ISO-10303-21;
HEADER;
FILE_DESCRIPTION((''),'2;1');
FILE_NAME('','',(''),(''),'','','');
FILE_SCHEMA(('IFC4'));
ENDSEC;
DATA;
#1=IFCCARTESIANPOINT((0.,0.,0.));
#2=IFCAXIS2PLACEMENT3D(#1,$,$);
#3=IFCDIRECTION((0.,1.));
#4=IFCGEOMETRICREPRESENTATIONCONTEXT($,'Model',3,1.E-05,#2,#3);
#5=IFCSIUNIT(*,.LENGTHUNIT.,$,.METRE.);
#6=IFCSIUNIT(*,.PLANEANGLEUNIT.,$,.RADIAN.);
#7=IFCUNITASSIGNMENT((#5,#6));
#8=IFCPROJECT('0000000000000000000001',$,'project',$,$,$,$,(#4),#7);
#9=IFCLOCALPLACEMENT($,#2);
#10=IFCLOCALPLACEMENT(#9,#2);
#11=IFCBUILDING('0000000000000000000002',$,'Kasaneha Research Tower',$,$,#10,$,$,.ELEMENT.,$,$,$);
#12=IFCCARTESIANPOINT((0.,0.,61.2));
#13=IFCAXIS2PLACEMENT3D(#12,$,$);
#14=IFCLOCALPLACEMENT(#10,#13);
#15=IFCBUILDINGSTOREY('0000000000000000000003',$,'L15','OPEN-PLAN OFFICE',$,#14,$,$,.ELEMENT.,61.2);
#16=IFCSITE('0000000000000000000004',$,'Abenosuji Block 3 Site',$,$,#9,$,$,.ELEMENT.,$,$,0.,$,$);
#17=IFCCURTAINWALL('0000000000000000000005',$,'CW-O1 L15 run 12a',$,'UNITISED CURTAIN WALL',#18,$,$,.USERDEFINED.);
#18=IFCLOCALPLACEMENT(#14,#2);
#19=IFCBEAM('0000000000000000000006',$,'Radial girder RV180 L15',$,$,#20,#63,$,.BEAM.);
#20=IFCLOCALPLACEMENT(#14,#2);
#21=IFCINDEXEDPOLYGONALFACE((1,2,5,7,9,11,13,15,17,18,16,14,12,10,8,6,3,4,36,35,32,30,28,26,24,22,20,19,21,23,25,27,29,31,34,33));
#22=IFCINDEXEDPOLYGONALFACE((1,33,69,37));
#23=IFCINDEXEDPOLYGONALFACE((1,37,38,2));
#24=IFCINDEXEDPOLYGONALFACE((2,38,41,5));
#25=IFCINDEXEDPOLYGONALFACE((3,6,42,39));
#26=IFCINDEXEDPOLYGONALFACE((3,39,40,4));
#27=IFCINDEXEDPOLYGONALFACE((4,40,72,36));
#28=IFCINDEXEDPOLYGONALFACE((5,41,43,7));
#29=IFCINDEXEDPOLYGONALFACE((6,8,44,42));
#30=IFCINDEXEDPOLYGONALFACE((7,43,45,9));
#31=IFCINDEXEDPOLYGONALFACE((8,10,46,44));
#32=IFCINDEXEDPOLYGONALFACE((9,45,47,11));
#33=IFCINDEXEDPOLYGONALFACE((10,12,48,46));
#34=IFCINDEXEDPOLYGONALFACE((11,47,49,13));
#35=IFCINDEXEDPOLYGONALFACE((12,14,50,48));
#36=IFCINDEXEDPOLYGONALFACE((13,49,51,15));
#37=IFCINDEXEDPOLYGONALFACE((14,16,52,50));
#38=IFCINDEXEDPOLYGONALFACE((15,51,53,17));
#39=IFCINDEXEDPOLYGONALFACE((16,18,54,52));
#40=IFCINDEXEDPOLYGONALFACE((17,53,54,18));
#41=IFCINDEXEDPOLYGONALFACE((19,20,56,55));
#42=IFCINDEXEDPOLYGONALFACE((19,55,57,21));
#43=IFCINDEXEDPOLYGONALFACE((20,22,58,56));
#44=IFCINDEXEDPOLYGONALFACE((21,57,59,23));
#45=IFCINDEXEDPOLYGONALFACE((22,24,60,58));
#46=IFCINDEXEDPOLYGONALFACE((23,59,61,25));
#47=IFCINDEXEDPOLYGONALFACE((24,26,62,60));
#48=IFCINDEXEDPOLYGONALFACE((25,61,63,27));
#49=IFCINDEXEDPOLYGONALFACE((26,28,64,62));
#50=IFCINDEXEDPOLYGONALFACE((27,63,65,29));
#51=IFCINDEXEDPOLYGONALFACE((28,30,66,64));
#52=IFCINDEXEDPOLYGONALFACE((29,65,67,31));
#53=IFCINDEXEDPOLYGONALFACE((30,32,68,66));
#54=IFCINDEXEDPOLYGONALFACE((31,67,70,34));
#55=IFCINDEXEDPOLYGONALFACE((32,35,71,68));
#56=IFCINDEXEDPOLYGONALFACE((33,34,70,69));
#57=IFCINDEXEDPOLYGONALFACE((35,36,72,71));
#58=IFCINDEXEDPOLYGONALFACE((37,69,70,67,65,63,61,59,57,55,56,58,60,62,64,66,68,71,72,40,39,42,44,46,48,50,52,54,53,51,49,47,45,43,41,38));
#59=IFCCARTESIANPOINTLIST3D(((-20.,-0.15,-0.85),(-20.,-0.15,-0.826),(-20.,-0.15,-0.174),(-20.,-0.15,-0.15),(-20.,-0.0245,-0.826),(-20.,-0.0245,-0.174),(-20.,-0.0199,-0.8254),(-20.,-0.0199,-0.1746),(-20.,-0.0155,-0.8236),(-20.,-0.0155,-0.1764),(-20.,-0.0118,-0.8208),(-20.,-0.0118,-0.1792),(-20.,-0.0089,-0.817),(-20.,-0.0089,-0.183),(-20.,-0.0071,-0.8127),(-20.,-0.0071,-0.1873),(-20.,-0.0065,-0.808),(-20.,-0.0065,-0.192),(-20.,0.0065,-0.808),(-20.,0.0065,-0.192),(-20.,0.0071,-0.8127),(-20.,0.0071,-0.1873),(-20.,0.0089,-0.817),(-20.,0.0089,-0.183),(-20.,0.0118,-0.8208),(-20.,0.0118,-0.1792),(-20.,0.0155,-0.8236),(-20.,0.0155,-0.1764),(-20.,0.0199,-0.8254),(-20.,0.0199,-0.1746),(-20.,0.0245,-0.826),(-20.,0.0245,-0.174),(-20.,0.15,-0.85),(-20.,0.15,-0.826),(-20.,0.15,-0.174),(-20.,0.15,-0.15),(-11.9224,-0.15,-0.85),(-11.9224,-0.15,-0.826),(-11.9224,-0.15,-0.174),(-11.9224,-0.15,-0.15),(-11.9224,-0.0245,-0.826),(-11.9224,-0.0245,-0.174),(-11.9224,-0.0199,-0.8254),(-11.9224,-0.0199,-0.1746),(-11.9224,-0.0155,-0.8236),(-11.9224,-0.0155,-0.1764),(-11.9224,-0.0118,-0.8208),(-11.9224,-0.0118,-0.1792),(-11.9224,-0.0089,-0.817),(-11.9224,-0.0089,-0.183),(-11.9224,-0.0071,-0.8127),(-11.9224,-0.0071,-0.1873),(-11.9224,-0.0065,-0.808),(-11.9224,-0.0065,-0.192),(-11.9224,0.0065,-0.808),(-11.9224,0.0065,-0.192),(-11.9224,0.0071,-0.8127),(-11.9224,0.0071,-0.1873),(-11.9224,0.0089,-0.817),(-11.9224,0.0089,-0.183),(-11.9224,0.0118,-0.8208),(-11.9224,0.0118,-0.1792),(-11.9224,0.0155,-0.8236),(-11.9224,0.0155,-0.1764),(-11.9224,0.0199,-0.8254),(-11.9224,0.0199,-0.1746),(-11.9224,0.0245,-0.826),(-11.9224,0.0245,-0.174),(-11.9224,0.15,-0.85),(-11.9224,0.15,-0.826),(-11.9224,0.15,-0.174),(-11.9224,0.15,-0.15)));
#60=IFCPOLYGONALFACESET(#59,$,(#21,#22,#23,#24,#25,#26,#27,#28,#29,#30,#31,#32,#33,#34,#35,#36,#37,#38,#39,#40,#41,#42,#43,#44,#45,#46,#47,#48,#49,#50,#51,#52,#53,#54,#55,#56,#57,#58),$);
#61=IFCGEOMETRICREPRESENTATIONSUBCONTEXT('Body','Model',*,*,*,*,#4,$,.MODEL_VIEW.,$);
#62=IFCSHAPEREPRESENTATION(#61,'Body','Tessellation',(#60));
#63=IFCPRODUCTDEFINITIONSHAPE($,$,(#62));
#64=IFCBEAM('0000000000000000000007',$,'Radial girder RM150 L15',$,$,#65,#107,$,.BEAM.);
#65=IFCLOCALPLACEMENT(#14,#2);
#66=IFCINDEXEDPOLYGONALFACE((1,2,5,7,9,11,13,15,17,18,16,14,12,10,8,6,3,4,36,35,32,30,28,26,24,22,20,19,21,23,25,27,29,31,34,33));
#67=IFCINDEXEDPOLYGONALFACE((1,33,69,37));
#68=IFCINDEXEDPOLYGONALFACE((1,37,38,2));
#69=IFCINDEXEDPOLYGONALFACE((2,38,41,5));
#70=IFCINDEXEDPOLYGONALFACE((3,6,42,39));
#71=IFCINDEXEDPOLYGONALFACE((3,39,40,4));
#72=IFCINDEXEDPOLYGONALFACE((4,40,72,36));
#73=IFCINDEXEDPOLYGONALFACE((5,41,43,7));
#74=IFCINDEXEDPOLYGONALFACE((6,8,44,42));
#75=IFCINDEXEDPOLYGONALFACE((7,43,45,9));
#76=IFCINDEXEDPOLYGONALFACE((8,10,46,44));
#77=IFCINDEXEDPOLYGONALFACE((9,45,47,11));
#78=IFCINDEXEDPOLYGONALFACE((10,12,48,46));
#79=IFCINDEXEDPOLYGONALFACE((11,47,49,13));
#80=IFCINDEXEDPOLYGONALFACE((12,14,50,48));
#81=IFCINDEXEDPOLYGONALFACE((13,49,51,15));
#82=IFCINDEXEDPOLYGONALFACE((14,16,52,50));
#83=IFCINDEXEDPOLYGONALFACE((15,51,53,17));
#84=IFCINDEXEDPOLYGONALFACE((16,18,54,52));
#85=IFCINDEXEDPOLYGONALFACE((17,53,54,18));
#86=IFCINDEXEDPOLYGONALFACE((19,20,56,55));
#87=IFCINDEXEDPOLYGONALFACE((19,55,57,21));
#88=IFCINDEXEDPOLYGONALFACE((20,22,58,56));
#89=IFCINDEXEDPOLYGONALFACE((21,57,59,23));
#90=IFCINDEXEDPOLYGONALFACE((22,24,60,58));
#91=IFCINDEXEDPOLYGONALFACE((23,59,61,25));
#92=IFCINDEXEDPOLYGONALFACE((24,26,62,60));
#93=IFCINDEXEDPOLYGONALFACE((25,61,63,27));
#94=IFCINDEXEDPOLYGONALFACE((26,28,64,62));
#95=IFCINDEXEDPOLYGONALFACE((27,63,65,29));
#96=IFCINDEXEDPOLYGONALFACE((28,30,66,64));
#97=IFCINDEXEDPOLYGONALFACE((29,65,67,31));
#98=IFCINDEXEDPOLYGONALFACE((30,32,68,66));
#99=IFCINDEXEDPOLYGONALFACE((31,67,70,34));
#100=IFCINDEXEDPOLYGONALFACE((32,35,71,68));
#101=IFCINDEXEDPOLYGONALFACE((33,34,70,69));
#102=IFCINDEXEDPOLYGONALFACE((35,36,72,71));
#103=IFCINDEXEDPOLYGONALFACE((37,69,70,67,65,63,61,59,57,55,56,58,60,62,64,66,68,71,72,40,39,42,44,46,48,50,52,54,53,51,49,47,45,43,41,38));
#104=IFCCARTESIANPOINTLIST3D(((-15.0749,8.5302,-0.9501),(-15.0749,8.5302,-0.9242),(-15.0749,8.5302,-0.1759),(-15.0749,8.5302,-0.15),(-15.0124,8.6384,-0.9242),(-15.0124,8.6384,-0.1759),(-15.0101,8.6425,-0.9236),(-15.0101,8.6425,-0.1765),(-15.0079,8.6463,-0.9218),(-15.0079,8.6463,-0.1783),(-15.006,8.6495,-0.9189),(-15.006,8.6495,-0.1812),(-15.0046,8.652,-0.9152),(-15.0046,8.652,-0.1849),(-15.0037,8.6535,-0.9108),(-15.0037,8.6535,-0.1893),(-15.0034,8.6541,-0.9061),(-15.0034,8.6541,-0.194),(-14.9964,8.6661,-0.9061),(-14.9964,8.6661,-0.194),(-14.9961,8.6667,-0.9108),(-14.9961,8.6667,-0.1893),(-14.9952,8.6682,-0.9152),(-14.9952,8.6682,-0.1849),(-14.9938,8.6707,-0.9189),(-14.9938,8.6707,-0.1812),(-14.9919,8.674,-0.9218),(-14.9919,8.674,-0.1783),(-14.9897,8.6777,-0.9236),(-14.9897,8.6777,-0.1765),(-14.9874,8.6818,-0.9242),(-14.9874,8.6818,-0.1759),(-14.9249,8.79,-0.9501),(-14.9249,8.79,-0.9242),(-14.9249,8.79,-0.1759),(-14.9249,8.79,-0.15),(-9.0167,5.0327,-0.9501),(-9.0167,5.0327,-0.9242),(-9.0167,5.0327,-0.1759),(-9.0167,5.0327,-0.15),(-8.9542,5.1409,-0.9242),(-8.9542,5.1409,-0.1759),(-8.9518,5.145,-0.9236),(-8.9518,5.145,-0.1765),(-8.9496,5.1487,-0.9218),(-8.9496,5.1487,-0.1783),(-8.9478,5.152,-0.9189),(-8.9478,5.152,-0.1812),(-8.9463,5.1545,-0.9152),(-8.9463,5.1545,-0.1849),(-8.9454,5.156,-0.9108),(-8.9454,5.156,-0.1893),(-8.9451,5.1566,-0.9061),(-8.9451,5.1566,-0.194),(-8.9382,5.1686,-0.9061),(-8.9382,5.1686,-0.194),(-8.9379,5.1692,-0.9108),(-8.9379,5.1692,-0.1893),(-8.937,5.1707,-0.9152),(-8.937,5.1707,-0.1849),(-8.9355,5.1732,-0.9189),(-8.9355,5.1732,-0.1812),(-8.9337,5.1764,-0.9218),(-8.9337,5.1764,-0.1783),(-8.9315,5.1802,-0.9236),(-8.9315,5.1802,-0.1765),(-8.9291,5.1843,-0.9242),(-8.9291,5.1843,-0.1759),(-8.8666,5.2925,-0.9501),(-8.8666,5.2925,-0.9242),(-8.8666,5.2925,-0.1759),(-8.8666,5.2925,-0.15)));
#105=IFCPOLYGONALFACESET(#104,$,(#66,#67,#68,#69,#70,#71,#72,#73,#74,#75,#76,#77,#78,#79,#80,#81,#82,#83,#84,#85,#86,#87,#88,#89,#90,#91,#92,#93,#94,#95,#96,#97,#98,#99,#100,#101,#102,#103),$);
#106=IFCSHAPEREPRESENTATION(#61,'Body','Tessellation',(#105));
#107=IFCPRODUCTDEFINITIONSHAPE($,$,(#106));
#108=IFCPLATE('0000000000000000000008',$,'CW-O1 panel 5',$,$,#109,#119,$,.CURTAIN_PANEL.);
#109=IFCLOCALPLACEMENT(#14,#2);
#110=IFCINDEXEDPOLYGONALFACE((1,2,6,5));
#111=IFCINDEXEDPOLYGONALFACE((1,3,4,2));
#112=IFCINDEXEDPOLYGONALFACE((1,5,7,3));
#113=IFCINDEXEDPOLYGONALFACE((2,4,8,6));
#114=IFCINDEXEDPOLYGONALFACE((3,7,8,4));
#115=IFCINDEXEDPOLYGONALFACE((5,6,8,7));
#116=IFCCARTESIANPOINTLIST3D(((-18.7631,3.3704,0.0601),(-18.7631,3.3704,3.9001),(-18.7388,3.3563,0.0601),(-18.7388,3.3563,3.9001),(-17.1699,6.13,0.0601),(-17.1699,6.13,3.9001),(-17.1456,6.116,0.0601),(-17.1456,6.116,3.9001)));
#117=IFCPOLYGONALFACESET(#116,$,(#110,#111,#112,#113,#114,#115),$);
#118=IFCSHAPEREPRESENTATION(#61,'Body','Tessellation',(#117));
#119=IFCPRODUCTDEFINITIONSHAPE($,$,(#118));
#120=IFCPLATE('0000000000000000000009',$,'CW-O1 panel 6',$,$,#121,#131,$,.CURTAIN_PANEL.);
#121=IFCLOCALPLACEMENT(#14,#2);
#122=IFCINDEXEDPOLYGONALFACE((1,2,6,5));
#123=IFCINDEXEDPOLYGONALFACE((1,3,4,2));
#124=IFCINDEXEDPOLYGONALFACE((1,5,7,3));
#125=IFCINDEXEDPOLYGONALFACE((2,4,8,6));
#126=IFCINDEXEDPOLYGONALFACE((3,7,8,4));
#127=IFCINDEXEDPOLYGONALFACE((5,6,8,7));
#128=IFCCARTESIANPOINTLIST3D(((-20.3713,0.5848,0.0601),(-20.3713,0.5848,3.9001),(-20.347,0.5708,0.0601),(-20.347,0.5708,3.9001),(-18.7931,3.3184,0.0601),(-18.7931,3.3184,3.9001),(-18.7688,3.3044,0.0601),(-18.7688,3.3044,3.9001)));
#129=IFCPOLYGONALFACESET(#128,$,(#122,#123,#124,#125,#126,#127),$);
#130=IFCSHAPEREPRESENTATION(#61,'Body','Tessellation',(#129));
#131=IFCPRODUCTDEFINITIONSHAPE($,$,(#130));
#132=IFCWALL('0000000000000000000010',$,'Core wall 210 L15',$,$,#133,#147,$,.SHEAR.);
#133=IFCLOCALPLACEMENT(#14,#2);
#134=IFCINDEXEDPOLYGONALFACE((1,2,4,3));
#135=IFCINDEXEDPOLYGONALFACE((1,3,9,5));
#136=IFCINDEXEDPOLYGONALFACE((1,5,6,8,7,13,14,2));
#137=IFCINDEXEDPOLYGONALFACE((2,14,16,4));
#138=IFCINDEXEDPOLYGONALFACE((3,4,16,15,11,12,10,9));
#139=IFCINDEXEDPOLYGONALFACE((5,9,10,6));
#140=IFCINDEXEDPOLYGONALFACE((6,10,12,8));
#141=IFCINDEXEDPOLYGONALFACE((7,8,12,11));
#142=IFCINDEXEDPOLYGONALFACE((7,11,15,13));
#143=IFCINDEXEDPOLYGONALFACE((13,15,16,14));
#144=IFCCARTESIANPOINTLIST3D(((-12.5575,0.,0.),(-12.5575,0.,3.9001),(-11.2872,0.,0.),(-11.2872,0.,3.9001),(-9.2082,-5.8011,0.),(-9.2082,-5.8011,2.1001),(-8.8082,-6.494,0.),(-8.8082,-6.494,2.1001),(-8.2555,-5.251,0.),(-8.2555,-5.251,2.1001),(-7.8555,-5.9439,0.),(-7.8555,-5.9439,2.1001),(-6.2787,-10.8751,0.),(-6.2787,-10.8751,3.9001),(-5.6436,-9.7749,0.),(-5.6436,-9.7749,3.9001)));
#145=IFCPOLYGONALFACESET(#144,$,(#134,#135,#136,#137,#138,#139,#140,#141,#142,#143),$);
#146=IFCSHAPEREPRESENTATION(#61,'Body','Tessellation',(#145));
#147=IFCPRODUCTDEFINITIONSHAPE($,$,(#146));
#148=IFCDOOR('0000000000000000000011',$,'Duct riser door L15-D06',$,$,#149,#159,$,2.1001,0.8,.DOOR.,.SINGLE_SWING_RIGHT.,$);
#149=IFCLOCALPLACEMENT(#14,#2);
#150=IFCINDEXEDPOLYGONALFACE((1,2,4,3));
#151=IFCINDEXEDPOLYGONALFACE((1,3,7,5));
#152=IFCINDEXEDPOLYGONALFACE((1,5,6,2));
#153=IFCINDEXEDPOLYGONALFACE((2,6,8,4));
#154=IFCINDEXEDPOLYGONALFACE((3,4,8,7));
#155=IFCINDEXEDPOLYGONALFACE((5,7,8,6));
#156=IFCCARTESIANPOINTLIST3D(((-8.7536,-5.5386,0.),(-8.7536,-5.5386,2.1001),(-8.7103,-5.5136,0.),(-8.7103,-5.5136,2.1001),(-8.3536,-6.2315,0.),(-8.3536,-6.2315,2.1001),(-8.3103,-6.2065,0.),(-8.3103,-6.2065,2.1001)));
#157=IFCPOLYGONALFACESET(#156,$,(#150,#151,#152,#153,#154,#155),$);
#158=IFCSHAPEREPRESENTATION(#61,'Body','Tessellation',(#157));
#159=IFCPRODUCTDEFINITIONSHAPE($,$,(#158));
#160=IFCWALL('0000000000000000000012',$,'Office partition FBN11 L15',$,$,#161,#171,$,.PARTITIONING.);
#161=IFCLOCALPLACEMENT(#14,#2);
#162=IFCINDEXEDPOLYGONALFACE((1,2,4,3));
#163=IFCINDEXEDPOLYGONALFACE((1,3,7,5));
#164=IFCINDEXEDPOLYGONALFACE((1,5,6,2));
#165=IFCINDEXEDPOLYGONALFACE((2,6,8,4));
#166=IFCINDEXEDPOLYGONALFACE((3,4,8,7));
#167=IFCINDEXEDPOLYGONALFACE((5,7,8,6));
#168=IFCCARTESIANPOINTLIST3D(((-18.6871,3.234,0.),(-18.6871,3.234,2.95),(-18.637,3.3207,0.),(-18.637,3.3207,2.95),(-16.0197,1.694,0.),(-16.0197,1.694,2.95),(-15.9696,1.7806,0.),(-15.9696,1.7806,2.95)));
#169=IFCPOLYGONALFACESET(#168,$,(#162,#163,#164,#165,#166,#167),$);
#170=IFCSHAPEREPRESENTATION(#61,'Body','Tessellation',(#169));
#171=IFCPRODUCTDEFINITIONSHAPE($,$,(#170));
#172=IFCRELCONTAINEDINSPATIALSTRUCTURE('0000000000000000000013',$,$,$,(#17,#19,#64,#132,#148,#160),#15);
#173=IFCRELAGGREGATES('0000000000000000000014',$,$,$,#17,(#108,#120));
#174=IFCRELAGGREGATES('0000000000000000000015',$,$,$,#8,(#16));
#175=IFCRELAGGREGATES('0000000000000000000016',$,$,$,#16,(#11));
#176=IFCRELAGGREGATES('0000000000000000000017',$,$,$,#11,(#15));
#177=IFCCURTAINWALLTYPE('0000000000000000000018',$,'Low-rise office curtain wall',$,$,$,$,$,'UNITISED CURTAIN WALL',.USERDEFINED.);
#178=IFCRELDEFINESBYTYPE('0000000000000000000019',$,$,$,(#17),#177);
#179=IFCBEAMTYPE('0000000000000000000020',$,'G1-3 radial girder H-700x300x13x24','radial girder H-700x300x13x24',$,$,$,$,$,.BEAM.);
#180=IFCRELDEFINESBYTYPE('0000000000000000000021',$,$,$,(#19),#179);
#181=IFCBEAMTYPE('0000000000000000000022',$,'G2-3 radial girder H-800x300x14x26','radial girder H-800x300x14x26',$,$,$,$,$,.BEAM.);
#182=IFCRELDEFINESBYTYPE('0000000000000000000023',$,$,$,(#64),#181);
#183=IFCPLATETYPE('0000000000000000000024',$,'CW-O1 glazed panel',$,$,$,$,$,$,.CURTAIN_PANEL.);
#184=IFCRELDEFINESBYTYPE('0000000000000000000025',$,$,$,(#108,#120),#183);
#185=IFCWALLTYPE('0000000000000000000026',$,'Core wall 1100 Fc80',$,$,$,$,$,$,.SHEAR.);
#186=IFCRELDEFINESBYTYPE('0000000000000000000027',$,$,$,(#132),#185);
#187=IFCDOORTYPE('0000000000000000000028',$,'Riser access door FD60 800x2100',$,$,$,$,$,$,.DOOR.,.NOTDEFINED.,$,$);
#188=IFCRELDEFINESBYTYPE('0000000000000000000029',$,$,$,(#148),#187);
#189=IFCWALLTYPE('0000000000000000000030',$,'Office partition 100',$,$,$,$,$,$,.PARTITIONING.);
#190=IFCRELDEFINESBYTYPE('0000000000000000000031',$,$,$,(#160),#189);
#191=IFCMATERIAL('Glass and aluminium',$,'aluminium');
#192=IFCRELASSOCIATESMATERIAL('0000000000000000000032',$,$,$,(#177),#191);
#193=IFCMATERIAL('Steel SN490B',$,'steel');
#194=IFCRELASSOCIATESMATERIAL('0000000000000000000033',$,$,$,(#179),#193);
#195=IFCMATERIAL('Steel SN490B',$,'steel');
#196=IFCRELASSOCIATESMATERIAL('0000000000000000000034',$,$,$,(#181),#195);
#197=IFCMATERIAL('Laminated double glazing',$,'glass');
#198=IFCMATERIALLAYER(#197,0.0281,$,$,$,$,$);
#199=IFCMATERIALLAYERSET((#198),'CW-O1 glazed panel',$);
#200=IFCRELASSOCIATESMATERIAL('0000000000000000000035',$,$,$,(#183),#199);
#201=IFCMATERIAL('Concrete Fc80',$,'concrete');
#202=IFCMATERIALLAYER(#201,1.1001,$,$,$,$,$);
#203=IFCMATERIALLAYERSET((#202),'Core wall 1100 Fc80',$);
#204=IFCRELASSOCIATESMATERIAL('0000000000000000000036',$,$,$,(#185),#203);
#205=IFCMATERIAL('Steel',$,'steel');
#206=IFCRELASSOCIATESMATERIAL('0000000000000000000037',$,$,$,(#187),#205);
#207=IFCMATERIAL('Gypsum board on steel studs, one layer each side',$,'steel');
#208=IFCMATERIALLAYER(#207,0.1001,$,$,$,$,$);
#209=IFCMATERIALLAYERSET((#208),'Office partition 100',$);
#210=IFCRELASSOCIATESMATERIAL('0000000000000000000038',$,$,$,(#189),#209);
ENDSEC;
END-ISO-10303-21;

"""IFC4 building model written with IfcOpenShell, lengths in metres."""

from ifc_helpers import new_model, si_unit, direction, frame, frame_2d, origin, origin_2d, place, context, subcontext, project, spatial, polyline, rectangle, i_section, outline, extrude, material, layer, layer_set, material_profile, profile_set, type_object, element, fill, aggregate, save


model = new_model("IFC4")

# Units and contexts
model_context = context("Model", 3, precision=1e-05, world=origin(), true_north=direction((0.0, 1.0)))
body_context = subcontext(model_context, "Body", "Model", "MODEL_VIEW")
ifc_project = project(units=[si_unit("LENGTHUNIT", "METRE"), si_unit("PLANEANGLEUNIT", "RADIAN")], contexts=[model_context])

# Site, building, storey
site_placement = place(None, origin())
site = spatial("IfcSite", under=ifc_project, at=site_placement, Name="Abenosuji Block 3 Site", CompositionType="ELEMENT", RefElevation=0.0)
building_placement = place(site_placement, origin())
building = spatial("IfcBuilding", under=site, at=building_placement, Name="Kasaneha Research Tower", CompositionType="ELEMENT")
storey_placement = place(building_placement, frame((0.0, 0.0, 61.2)))
storey = spatial("IfcBuildingStorey", under=building, at=storey_placement, Name="L15", Description="OPEN-PLAN OFFICE", CompositionType="ELEMENT", Elevation=61.2)

# Curtain wall
ifc_material_1 = material(Name="Glass and aluminium", Category="aluminium")
curtain_wall_type = type_object("IfcCurtainWallType", Name="Low-rise office curtain wall", ElementType="UNITISED CURTAIN WALL", PredefinedType="USERDEFINED", material=ifc_material_1)
curtain_wall_1_placement = place(storey_placement, origin())
curtain_wall_1 = element("IfcCurtainWall", 1, at=curtain_wall_1_placement, inside=storey, type_object=curtain_wall_type, Name="CW-O1 L15 run 12a", ObjectType="UNITISED CURTAIN WALL", PredefinedType="USERDEFINED")

# Beams
ifc_material_2 = material(Name="Steel SN490B", Category="steel")
ifc_material_profile_1 = material_profile(ifc_material_2, i_section(OverallWidth=0.3, OverallDepth=0.7, WebThickness=0.0129, FlangeThickness=0.0239, FilletRadius=0.0181, at=origin_2d()), Name="H-700x300x13x24")
ifc_profile_set_1 = profile_set([ifc_material_profile_1], Name="Steel SN490B")
beam_type_1 = type_object("IfcBeamType", Name="G1-3 radial girder H-700x300x13x24", Description="radial girder H-700x300x13x24", PredefinedType="BEAM", material=ifc_profile_set_1)
beam_1_placement = place(storey_placement, frame((-11.9224, 0.0, -0.5), z_axis=(-1.0, 0.0, 0.0), x_axis=(0.0, -1.0, 0.0)))
element("IfcBeam", 2, at=beam_1_placement, inside=storey, type_object=beam_type_1, Name="Radial girder RV180 L15", PredefinedType="BEAM", context=body_context, shape_type="SweptSolid", body=[
    extrude(i_section(OverallWidth=0.3, OverallDepth=0.7, WebThickness=0.0129, FlangeThickness=0.0239, FilletRadius=0.0181, at=origin_2d()), origin(), (0.0, 0.0, 1.0), 8.0776),
])
ifc_material_3 = material(Name="Steel SN490B", Category="steel")
ifc_material_profile_2 = material_profile(ifc_material_3, i_section(OverallWidth=0.3, OverallDepth=0.8, WebThickness=0.0139, FlangeThickness=0.0259, FilletRadius=0.0181, at=origin_2d()), Name="H-800x300x14x26")
ifc_profile_set_2 = profile_set([ifc_material_profile_2], Name="Steel SN490B")
beam_type_2 = type_object("IfcBeamType", Name="G2-3 radial girder H-800x300x14x26", Description="radial girder H-800x300x14x26", PredefinedType="BEAM", material=ifc_profile_set_2)
beam_2_placement = place(storey_placement, frame((-8.9417, 5.1626, -0.55), z_axis=(-0.86604, 0.499975, 0.0), x_axis=(-0.499975, -0.86604, 0.0)))
element("IfcBeam", 3, at=beam_2_placement, inside=storey, type_object=beam_type_2, Name="Radial girder RM150 L15", PredefinedType="BEAM", context=body_context, shape_type="SweptSolid", body=[
    extrude(i_section(OverallWidth=0.3, OverallDepth=0.8, WebThickness=0.0139, FlangeThickness=0.0259, FilletRadius=0.0181, at=origin_2d()), origin(), (0.0, 0.0, 1.0), 6.9954),
])

# Plates
ifc_material_4 = material(Name="Laminated double glazing", Category="glass")
ifc_layer_1 = layer(ifc_material_4, 0.0281)
ifc_layer_set_1 = layer_set([ifc_layer_1], Name="CW-O1 glazed panel")
plate_type = type_object("IfcPlateType", Name="CW-O1 glazed panel", PredefinedType="CURTAIN_PANEL", material=ifc_layer_set_1)
plate_1_placement = place(storey_placement, frame((-17.9543, 4.7432, 0.0601), z_axis=(0.0, 0.0, 1.0), x_axis=(-0.5, -0.866025, 0.0)))
plate_1 = element("IfcPlate", 4, at=plate_1_placement, type_object=plate_type, Name="CW-O1 panel 5", PredefinedType="CURTAIN_PANEL", context=body_context, shape_type="SweptSolid", body=[
    extrude(rectangle(XDim=3.1865, YDim=0.0281, at=origin_2d()), origin(), (0.0, 0.0, 1.0), 3.8401),
])
plate_2_placement = place(storey_placement, frame((-19.5701, 1.9446, 0.0601), z_axis=(0.0, 0.0, 1.0), x_axis=(-0.5, -0.866025, 0.0)))
plate_2 = element("IfcPlate", 5, at=plate_2_placement, type_object=plate_type, Name="CW-O1 panel 6", PredefinedType="CURTAIN_PANEL", context=body_context, shape_type="SweptSolid", body=[
    extrude(rectangle(XDim=3.1565, YDim=0.0281, at=origin_2d()), origin(), (0.0, 0.0, 1.0), 3.8401),
])
aggregate(curtain_wall_1, [plate_1, plate_2])

# Wall, opening, door
ifc_material_5 = material(Name="Concrete Fc80", Category="concrete")
ifc_layer_2 = layer(ifc_material_5, 1.1001)
ifc_layer_set_2 = layer_set([ifc_layer_2], Name="Core wall 1100 Fc80")
wall_type_1 = type_object("IfcWallType", Name="Core wall 1100 Fc80", PredefinedType="SHEAR", material=ifc_layer_set_2)
wall_1_placement = place(storey_placement, frame((-11.9224, 0.0, 0.0), z_axis=(0.0, 0.0, 1.0), x_axis=(0.500004, -0.866023, 0.0)))
wall_1 = element("IfcWall", 6, at=wall_1_placement, inside=storey, type_object=wall_type_1, Name="Core wall 210 L15", PredefinedType="SHEAR", context=body_context, shape_type="SweptSolid", body=[
    extrude(outline(polyline([(-0.3176, -0.55), (6.3811, -0.55), (7.1812, -0.55), (12.24, -0.55), (11.6047, 0.55), (7.1812, 0.55), (6.3811, 0.55), (0.3176, 0.55), (-0.3176, -0.55)])), origin(), (0.0, 0.0, 1.0), 3.9001),
])
opening_1_placement = place(wall_1_placement, frame((6.3811, 0.0, 0.0)))
opening_1 = element("IfcOpeningElement", 7, at=opening_1_placement, cuts=wall_1, PredefinedType="OPENING", context=body_context, shape_type="SweptSolid", body=[
    extrude(rectangle(XDim=0.8, YDim=2.1001, at=frame_2d((0.3999, 1.05))), frame((0.0, 0.5601, 0.0), z_axis=(0.0, -1.0, 0.0), x_axis=(1.0, 0.0, 0.0)), (0.0, 0.0, 1.0), 1.1201),
])
ifc_material_6 = material(Name="Steel", Category="steel")
door_type_1 = type_object("IfcDoorType", Name="Riser access door FD60 800x2100", OperationType="NOTDEFINED", PredefinedType="DOOR", material=ifc_material_6)
door_1_placement = place(opening_1_placement, origin())
door_1 = element("IfcDoor", 8, at=door_1_placement, inside=storey, type_object=door_type_1, Name="Duct riser door L15-D06", OperationType="SINGLE_SWING_RIGHT", OverallHeight=2.1001, OverallWidth=0.8, PredefinedType="DOOR", context=body_context, shape_type="SweptSolid", body=[
    extrude(rectangle(XDim=0.8, YDim=2.1001, at=frame_2d((0.3999, 1.05))), frame((0.0, 0.0249, 0.0), z_axis=(0.0, -1.0, 0.0), x_axis=(1.0, 0.0, 0.0)), (0.0, 0.0, 1.0), 0.05),
])
fill(opening_1, door_1)

# Wall
ifc_material_7 = material(Name="Gypsum board on steel studs, one layer each side", Category="steel")
ifc_layer_3 = layer(ifc_material_7, 0.1001)
ifc_layer_set_3 = layer_set([ifc_layer_3], Name="Office partition 100")
wall_type_2 = type_object("IfcWallType", Name="Office partition 100", PredefinedType="PARTITIONING", material=ifc_layer_set_3)
wall_2_placement = place(storey_placement, frame((-15.9946, 1.7373, 0.0), z_axis=(0.0, 0.0, 1.0), x_axis=(-0.86603, 0.499992, 0.0)))
element("IfcWall", 9, at=wall_2_placement, inside=storey, type_object=wall_type_2, Name="Office partition FBN11 L15", PredefinedType="PARTITIONING", context=body_context, shape_type="SweptSolid", body=[
    extrude(rectangle(XDim=3.0801, YDim=0.1001, at=frame_2d((1.54, 0.0))), origin(), (0.0, 0.0, 1.0), 2.95),
])

save(model, "model.ifc")
